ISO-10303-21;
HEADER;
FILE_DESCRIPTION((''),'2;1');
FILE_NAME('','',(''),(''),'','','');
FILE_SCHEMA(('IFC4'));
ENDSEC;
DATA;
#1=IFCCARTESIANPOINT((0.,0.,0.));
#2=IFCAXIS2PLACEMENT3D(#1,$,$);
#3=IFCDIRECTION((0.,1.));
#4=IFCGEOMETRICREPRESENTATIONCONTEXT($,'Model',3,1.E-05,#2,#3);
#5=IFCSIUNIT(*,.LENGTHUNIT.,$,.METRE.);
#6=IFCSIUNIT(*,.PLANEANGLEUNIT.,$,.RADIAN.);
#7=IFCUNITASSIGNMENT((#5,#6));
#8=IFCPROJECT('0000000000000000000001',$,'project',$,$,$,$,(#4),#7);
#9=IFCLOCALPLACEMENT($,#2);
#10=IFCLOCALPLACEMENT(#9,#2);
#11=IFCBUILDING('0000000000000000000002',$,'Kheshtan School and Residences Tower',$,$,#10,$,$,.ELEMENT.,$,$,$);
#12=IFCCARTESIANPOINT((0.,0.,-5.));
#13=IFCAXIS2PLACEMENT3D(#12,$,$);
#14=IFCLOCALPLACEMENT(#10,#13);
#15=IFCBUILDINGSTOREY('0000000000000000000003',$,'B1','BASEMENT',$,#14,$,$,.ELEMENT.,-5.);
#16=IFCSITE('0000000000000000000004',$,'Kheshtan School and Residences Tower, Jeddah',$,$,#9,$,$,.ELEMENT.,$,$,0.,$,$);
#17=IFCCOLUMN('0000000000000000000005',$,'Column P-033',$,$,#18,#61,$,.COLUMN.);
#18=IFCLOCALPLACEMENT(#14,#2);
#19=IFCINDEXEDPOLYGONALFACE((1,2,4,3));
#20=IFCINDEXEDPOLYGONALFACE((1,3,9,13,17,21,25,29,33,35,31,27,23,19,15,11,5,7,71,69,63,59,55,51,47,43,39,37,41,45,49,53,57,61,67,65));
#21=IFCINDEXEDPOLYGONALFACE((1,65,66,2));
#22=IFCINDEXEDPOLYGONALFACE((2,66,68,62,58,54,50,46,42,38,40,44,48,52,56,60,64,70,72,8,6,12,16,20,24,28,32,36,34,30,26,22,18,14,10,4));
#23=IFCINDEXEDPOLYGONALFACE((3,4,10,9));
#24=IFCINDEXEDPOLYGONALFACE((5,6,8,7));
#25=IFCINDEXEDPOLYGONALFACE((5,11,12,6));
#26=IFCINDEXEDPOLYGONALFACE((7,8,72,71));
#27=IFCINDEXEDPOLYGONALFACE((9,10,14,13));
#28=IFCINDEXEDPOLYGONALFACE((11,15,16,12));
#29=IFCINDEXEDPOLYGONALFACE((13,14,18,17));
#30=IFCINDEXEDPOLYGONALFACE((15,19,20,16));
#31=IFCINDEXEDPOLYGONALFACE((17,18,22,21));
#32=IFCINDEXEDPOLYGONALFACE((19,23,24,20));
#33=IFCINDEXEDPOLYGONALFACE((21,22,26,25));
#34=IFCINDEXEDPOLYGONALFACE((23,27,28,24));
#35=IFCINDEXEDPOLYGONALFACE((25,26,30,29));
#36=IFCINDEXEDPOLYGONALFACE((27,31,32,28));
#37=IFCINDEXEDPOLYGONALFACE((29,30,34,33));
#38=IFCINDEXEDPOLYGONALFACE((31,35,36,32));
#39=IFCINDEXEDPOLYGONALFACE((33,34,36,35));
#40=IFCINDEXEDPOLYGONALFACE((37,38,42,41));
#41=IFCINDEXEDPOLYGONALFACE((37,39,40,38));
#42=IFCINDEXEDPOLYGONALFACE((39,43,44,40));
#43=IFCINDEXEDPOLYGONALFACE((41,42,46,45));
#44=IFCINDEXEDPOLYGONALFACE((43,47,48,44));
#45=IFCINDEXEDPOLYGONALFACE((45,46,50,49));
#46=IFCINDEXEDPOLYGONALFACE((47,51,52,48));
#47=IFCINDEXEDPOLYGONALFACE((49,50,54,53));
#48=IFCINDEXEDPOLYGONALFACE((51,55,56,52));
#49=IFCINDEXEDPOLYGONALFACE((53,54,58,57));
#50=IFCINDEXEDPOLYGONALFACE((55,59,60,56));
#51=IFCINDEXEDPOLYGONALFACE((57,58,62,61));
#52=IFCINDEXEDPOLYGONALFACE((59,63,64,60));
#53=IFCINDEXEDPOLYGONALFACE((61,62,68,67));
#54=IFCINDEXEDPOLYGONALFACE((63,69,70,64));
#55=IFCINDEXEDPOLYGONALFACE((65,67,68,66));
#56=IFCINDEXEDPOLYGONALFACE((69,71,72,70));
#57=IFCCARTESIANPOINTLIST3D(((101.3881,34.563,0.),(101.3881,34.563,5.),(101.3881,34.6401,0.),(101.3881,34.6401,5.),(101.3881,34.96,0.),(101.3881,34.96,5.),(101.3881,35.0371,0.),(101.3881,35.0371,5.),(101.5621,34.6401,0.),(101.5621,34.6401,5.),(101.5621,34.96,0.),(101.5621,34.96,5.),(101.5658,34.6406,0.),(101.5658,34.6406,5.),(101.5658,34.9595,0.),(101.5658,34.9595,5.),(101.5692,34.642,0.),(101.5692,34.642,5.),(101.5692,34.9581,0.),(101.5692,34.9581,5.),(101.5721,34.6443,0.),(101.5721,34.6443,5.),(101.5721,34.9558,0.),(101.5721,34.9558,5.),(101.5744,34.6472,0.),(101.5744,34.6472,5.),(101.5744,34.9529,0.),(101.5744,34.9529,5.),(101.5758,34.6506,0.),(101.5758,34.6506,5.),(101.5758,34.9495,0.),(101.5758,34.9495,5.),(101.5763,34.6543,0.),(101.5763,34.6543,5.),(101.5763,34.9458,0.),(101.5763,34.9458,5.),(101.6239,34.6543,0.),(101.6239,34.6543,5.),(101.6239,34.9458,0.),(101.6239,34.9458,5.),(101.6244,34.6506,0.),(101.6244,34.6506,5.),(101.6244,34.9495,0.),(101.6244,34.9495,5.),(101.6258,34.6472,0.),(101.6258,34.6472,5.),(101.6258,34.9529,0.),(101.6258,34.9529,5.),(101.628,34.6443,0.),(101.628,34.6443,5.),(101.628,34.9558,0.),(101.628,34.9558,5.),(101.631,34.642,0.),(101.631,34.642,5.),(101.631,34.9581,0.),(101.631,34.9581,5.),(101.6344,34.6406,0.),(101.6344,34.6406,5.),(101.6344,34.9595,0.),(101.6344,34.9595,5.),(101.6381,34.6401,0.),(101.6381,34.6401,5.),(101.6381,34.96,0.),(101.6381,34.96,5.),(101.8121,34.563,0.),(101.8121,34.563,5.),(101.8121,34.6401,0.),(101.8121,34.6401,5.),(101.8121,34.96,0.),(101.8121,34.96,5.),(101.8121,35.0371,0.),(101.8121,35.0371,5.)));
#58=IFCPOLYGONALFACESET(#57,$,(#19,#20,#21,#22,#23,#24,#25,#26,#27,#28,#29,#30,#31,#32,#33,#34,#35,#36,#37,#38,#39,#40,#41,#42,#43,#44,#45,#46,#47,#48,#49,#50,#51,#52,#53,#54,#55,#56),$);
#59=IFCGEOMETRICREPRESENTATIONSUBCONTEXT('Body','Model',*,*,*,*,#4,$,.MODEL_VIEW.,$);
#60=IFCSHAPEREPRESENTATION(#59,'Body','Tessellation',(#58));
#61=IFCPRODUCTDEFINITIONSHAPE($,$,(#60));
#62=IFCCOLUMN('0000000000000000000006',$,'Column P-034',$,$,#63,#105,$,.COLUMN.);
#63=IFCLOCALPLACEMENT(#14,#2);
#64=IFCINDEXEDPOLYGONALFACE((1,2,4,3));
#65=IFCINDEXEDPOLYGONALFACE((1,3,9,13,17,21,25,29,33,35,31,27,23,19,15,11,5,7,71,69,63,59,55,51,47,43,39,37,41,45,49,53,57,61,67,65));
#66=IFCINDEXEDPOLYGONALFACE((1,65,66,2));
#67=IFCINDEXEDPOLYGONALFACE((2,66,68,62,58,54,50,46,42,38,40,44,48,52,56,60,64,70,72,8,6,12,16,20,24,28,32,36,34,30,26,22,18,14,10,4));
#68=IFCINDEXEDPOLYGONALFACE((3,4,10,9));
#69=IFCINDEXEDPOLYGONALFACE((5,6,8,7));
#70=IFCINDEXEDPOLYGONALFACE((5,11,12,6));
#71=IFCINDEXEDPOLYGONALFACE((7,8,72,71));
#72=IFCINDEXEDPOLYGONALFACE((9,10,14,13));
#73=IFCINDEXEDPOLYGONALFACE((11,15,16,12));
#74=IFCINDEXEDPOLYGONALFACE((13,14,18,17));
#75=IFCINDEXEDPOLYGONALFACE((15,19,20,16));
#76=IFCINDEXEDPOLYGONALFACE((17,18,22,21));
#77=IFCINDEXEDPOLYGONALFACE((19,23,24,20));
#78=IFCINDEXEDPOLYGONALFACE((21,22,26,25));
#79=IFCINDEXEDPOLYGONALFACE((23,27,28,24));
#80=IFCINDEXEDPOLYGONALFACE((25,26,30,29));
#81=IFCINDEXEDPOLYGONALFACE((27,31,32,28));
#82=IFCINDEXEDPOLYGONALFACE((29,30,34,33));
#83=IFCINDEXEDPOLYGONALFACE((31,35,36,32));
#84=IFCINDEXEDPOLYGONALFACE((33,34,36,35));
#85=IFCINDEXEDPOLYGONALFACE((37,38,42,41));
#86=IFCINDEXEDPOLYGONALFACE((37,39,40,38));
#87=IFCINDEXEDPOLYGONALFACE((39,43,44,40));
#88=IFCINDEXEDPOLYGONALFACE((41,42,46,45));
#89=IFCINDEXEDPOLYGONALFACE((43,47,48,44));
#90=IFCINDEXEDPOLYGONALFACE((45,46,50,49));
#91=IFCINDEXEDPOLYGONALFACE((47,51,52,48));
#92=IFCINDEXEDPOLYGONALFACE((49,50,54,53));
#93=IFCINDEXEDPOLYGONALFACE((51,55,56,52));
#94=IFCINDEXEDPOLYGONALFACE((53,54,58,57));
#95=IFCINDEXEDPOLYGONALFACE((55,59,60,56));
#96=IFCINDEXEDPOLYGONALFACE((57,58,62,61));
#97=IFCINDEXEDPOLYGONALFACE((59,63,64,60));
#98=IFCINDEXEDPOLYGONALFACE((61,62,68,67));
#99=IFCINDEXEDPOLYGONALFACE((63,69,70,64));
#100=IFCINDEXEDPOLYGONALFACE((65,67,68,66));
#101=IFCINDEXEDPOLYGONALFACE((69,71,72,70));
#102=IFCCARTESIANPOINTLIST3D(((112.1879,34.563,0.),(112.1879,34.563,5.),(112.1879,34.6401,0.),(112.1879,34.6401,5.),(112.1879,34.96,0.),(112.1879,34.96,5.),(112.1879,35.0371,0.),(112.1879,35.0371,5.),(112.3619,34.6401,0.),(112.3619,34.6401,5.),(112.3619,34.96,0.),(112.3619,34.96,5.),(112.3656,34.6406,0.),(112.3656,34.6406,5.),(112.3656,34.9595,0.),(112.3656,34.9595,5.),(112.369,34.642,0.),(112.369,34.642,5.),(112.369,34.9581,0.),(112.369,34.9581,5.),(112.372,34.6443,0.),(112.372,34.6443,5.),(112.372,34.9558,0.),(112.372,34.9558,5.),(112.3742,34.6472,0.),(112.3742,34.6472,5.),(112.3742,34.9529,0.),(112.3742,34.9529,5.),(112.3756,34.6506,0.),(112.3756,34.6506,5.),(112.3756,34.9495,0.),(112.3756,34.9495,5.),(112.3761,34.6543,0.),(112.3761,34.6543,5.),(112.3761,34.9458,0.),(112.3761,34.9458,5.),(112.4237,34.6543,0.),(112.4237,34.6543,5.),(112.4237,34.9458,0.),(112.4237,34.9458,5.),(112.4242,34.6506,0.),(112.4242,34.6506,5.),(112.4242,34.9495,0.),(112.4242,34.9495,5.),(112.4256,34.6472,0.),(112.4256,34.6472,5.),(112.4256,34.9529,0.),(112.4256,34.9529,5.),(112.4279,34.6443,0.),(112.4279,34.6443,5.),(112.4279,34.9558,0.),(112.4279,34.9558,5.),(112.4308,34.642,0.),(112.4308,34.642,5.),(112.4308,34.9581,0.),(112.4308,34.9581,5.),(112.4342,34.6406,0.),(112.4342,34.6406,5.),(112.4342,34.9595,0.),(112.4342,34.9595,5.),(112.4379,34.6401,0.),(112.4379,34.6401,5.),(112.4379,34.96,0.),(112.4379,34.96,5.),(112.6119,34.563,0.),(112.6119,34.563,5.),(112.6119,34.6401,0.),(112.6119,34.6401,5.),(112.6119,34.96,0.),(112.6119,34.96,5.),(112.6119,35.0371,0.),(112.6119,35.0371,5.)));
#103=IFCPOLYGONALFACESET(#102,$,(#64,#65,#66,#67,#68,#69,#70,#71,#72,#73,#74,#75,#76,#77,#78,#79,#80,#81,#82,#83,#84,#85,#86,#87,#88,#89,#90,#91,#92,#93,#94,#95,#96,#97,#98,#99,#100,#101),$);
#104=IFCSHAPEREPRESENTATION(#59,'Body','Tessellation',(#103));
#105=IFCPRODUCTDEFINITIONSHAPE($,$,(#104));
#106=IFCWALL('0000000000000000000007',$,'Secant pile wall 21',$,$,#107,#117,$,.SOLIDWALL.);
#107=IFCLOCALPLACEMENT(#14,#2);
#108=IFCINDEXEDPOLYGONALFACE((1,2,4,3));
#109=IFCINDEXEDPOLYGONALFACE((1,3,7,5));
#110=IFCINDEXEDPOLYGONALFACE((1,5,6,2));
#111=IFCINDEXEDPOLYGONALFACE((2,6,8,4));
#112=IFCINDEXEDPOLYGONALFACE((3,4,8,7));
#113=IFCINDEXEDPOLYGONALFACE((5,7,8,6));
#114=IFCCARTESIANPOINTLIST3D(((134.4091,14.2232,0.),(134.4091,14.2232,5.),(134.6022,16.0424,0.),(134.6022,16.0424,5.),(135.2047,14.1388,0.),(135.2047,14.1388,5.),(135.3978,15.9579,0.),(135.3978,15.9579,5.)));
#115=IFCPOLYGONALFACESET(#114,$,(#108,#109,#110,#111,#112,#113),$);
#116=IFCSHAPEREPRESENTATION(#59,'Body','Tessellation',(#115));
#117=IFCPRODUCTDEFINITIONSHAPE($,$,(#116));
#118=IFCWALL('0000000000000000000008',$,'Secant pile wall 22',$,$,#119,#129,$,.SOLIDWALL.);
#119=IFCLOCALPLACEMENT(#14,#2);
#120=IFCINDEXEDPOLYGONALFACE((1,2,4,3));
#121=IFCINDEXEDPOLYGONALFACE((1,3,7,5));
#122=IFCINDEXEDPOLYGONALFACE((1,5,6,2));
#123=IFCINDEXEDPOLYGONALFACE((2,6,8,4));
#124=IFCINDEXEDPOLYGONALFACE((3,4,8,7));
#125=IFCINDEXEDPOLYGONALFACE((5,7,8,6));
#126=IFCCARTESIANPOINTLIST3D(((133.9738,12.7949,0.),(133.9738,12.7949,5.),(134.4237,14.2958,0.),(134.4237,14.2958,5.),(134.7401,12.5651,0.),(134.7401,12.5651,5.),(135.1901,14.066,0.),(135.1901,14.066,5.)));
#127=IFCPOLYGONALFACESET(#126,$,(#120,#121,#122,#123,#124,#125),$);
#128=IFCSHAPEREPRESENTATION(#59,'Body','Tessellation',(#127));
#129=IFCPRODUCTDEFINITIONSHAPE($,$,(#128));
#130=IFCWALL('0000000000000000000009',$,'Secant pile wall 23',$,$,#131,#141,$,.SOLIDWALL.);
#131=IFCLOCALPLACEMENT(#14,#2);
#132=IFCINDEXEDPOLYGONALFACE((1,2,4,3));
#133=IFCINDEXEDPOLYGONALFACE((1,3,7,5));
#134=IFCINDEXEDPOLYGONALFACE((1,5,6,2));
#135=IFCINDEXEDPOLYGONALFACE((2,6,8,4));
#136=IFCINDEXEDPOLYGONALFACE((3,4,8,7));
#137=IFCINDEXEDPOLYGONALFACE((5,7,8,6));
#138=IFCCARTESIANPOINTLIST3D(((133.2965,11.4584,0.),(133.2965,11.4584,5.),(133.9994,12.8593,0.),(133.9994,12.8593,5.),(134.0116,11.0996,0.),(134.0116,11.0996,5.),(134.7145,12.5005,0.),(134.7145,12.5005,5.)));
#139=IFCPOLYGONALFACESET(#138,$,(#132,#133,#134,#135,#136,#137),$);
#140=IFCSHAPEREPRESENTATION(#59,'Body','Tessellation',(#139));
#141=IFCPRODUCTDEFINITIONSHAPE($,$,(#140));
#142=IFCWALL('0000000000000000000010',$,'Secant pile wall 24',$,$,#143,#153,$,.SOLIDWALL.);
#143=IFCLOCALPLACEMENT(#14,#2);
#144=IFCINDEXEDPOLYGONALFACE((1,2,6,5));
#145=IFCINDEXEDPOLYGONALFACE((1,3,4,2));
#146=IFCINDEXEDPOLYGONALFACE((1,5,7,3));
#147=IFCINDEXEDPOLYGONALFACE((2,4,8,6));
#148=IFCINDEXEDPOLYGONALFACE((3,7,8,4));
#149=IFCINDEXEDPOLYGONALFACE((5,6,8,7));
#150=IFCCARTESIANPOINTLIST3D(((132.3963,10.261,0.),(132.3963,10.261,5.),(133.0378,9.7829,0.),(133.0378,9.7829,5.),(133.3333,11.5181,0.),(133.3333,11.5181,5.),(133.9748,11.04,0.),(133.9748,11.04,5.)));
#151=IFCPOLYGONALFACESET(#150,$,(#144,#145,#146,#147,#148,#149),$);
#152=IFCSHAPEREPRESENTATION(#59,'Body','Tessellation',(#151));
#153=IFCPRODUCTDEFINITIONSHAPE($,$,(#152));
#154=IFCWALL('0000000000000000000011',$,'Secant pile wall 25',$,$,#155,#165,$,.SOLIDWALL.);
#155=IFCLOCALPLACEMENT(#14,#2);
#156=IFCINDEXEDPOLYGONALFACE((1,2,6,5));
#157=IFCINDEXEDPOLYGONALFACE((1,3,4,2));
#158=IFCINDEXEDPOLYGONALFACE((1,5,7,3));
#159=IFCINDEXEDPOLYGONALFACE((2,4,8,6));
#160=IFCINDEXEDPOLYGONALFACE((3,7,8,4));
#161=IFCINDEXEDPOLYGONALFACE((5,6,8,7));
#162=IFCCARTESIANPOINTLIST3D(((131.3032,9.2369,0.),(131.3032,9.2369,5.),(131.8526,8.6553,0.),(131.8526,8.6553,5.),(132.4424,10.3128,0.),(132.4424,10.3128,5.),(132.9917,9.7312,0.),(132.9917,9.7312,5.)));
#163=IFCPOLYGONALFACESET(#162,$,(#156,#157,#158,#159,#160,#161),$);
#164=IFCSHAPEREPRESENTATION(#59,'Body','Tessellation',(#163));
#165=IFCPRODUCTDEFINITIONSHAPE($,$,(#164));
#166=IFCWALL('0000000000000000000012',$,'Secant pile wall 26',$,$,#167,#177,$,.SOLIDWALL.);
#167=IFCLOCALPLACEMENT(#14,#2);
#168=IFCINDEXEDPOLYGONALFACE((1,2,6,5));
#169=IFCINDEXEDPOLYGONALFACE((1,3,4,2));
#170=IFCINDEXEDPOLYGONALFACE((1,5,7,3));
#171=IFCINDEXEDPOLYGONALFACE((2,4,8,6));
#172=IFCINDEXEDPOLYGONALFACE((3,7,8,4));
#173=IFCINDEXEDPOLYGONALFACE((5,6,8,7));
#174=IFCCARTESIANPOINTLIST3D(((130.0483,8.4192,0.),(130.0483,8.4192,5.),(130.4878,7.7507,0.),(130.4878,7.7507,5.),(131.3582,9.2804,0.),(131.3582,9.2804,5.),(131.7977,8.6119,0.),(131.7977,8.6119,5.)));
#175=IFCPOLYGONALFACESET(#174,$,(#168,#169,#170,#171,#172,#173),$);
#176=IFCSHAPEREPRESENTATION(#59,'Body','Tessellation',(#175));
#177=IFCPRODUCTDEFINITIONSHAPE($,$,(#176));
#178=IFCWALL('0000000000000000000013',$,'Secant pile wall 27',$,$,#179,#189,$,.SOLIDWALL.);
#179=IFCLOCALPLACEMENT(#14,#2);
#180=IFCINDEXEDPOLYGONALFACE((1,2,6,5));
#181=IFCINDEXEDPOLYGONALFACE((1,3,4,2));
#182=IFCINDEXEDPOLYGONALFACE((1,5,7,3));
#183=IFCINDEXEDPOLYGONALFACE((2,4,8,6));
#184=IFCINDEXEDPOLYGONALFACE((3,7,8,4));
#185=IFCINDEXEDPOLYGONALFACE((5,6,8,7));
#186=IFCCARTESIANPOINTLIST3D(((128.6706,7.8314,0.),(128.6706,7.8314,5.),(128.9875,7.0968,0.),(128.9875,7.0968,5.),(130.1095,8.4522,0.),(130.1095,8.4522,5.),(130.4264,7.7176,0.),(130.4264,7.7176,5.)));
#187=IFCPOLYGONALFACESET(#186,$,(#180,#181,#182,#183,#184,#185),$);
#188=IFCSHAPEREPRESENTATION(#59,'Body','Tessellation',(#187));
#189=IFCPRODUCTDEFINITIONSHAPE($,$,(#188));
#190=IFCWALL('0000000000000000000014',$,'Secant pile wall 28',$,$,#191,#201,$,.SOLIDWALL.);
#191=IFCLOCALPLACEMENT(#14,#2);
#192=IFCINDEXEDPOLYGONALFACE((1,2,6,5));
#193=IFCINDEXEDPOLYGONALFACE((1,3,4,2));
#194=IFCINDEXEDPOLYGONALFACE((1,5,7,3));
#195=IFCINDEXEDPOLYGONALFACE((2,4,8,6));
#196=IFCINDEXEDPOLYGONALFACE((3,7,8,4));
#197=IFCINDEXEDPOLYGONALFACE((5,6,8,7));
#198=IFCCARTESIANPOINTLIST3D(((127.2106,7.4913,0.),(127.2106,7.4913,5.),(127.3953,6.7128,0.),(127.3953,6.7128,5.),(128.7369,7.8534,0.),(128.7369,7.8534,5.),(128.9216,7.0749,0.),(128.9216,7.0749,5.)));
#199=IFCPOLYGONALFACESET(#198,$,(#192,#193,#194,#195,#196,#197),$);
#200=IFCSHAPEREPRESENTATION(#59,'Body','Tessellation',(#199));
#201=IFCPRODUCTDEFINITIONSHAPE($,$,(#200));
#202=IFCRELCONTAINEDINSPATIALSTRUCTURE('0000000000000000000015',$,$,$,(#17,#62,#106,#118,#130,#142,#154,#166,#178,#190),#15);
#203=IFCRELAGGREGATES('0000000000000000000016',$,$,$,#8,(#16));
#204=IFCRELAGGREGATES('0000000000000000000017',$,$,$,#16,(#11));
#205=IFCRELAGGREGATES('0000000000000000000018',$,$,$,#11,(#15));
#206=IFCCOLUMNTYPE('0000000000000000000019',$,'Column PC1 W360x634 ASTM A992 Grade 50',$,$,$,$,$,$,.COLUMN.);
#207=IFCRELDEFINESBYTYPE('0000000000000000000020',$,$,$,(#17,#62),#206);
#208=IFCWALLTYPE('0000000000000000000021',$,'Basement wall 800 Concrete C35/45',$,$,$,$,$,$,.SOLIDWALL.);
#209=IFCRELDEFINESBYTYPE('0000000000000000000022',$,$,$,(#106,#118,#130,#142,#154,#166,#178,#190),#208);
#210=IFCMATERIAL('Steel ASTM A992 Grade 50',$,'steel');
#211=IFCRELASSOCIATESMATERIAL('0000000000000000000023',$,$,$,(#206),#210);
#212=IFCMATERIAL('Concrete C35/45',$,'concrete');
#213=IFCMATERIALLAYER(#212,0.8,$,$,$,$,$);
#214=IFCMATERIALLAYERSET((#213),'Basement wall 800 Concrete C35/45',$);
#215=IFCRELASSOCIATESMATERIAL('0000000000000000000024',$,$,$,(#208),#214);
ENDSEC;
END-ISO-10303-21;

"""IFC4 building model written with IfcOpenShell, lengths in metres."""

from ifc_helpers import new_model, si_unit, direction, frame, frame_2d, origin, origin_2d, place, context, subcontext, project, spatial, rectangle, i_section, extrude, material, layer, layer_set, material_profile, profile_set, type_object, element, save


model = new_model("IFC4")

# Units and contexts
model_context = context("Model", 3, precision=1e-05, world=origin(), true_north=direction((0.0, 1.0)))
body_context = subcontext(model_context, "Body", "Model", "MODEL_VIEW")
ifc_project = project(units=[si_unit("LENGTHUNIT", "METRE"), si_unit("PLANEANGLEUNIT", "RADIAN")], contexts=[model_context])

# Site, building, storey
site_placement = place(None, origin())
site = spatial("IfcSite", under=ifc_project, at=site_placement, Name="Kheshtan School and Residences Tower, Jeddah", CompositionType="ELEMENT", RefElevation=0.0)
building_placement = place(site_placement, origin())
building = spatial("IfcBuilding", under=site, at=building_placement, Name="Kheshtan School and Residences Tower", CompositionType="ELEMENT")
storey_placement = place(building_placement, frame((0.0, 0.0, -5.0)))
storey = spatial("IfcBuildingStorey", under=building, at=storey_placement, Name="B1", Description="BASEMENT", CompositionType="ELEMENT", Elevation=-5.0)

# Columns
ifc_material_1 = material(Name="Steel ASTM A992 Grade 50", Category="steel")
ifc_material_profile = material_profile(ifc_material_1, i_section(OverallWidth=0.4241, OverallDepth=0.4741, WebThickness=0.0476, FlangeThickness=0.0771, FilletRadius=0.0142, at=origin_2d()), Name="W360x634")
ifc_profile_set = profile_set([ifc_material_profile], Name="Steel ASTM A992 Grade 50")
column_type = type_object("IfcColumnType", Name="Column PC1 W360x634 ASTM A992 Grade 50", PredefinedType="COLUMN", material=ifc_profile_set)
for number, where, z_axis, x_axis, name in (
    (1, (101.6001, 34.8, 0.0), (0.0, 0.0, 1.0), (1.0, 0.0, 0.0), "Column P-033"),
    (2, (112.3999, 34.8, 0.0), (0.0, 0.0, 1.0), (1.0, 0.0, 0.0), "Column P-034"),
):
    element("IfcColumn", number, at=place(storey_placement, frame(where, z_axis=z_axis, x_axis=x_axis)), inside=storey, type_object=column_type, Name=name, PredefinedType="COLUMN", context=body_context, shape_type="SweptSolid", body=[
        extrude(i_section(OverallWidth=0.4241, OverallDepth=0.4741, WebThickness=0.0476, FlangeThickness=0.0771, FilletRadius=0.0142, at=origin_2d()), origin(), (0.0, 0.0, 1.0), 5.0),
    ])

# Walls
ifc_material_2 = material(Name="Concrete C35/45", Category="concrete")
ifc_layer_1 = layer(ifc_material_2, 0.8)
ifc_layer_set_1 = layer_set([ifc_layer_1], Name="Basement wall 800 Concrete C35/45")
wall_type_1 = type_object("IfcWallType", Name="Basement wall 800 Concrete C35/45", PredefinedType="SOLIDWALL", material=ifc_layer_set_1)
wall_1_placement = place(storey_placement, frame((135.0, 16.0, 0.0), z_axis=(0.0, 0.0, 1.0), x_axis=(-0.105567, -0.994412, 0.0)))
element("IfcWall", 3, at=wall_1_placement, inside=storey, type_object=wall_type_1, Name="Secant pile wall 21", PredefinedType="SOLIDWALL", context=body_context, shape_type="SweptSolid", body=[
    extrude(rectangle(XDim=1.8293, YDim=0.8, at=frame_2d((0.9146, 0.0))), origin(), (0.0, 0.0, 1.0), 5.0),
])
wall_2_placement = place(storey_placement, frame((134.8069, 14.1809, 0.0), z_axis=(0.0, 0.0, 1.0), x_axis=(-0.287148, -0.957886, 0.0)))
element("IfcWall", 4, at=wall_2_placement, inside=storey, type_object=wall_type_1, Name="Secant pile wall 22", PredefinedType="SOLIDWALL", context=body_context, shape_type="SweptSolid", body=[
    extrude(rectangle(XDim=1.5669, YDim=0.8, at=frame_2d((0.7834, 0.0))), origin(), (0.0, 0.0, 1.0), 5.0),
])
wall_3_placement = place(storey_placement, frame((134.3569, 12.6799, 0.0), z_axis=(0.0, 0.0, 1.0), x_axis=(-0.448459, -0.893803, 0.0)))
element("IfcWall", 5, at=wall_3_placement, inside=storey, type_object=wall_type_1, Name="Secant pile wall 23", PredefinedType="SOLIDWALL", context=body_context, shape_type="SweptSolid", body=[
    extrude(rectangle(XDim=1.5674, YDim=0.8, at=frame_2d((0.7837, 0.0))), origin(), (0.0, 0.0, 1.0), 5.0),
])
wall_4_placement = place(storey_placement, frame((133.6541, 11.2791, 0.0), z_axis=(0.0, 0.0, 1.0), x_axis=(-0.597631, -0.801772, 0.0)))
element("IfcWall", 6, at=wall_4_placement, inside=storey, type_object=wall_type_1, Name="Secant pile wall 24", PredefinedType="SOLIDWALL", context=body_context, shape_type="SweptSolid", body=[
    extrude(rectangle(XDim=1.5679, YDim=0.8, at=frame_2d((0.7839, 0.0))), origin(), (0.0, 0.0, 1.0), 5.0),
])
wall_5_placement = place(storey_placement, frame((132.717, 10.022, 0.0), z_axis=(0.0, 0.0, 1.0), x_axis=(-0.726996, -0.686642, 0.0)))
element("IfcWall", 7, at=wall_5_placement, inside=storey, type_object=wall_type_1, Name="Secant pile wall 25", PredefinedType="SOLIDWALL", context=body_context, shape_type="SweptSolid", body=[
    extrude(rectangle(XDim=1.5669, YDim=0.8, at=frame_2d((0.7834, 0.0))), origin(), (0.0, 0.0, 1.0), 5.0),
])
wall_6_placement = place(storey_placement, frame((131.5779, 8.946, 0.0), z_axis=(0.0, 0.0, 1.0), x_axis=(-0.835603, -0.549333, 0.0)))
element("IfcWall", 8, at=wall_6_placement, inside=storey, type_object=wall_type_1, Name="Secant pile wall 26", PredefinedType="SOLIDWALL", context=body_context, shape_type="SweptSolid", body=[
    extrude(rectangle(XDim=1.5676, YDim=0.8, at=frame_2d((0.7837, 0.0))), origin(), (0.0, 0.0, 1.0), 5.0),
])
wall_7_placement = place(storey_placement, frame((130.2681, 8.085, 0.0), z_axis=(0.0, 0.0, 1.0), x_axis=(-0.918183, -0.396155, 0.0)))
element("IfcWall", 9, at=wall_7_placement, inside=storey, type_object=wall_type_1, Name="Secant pile wall 27", PredefinedType="SOLIDWALL", context=body_context, shape_type="SweptSolid", body=[
    extrude(rectangle(XDim=1.5671, YDim=0.8, at=frame_2d((0.7837, 0.0))), origin(), (0.0, 0.0, 1.0), 5.0),
])
wall_8_placement = place(storey_placement, frame((128.8291, 7.4641, 0.0), z_axis=(0.0, 0.0, 1.0), x_axis=(-0.972993, -0.230835, 0.0)))
element("IfcWall", 10, at=wall_8_placement, inside=storey, type_object=wall_type_1, Name="Secant pile wall 28", PredefinedType="SOLIDWALL", context=body_context, shape_type="SweptSolid", body=[
    extrude(rectangle(XDim=1.5686, YDim=0.8, at=frame_2d((0.7842, 0.0))), origin(), (0.0, 0.0, 1.0), 5.0),
])

save(model, "model.ifc")
